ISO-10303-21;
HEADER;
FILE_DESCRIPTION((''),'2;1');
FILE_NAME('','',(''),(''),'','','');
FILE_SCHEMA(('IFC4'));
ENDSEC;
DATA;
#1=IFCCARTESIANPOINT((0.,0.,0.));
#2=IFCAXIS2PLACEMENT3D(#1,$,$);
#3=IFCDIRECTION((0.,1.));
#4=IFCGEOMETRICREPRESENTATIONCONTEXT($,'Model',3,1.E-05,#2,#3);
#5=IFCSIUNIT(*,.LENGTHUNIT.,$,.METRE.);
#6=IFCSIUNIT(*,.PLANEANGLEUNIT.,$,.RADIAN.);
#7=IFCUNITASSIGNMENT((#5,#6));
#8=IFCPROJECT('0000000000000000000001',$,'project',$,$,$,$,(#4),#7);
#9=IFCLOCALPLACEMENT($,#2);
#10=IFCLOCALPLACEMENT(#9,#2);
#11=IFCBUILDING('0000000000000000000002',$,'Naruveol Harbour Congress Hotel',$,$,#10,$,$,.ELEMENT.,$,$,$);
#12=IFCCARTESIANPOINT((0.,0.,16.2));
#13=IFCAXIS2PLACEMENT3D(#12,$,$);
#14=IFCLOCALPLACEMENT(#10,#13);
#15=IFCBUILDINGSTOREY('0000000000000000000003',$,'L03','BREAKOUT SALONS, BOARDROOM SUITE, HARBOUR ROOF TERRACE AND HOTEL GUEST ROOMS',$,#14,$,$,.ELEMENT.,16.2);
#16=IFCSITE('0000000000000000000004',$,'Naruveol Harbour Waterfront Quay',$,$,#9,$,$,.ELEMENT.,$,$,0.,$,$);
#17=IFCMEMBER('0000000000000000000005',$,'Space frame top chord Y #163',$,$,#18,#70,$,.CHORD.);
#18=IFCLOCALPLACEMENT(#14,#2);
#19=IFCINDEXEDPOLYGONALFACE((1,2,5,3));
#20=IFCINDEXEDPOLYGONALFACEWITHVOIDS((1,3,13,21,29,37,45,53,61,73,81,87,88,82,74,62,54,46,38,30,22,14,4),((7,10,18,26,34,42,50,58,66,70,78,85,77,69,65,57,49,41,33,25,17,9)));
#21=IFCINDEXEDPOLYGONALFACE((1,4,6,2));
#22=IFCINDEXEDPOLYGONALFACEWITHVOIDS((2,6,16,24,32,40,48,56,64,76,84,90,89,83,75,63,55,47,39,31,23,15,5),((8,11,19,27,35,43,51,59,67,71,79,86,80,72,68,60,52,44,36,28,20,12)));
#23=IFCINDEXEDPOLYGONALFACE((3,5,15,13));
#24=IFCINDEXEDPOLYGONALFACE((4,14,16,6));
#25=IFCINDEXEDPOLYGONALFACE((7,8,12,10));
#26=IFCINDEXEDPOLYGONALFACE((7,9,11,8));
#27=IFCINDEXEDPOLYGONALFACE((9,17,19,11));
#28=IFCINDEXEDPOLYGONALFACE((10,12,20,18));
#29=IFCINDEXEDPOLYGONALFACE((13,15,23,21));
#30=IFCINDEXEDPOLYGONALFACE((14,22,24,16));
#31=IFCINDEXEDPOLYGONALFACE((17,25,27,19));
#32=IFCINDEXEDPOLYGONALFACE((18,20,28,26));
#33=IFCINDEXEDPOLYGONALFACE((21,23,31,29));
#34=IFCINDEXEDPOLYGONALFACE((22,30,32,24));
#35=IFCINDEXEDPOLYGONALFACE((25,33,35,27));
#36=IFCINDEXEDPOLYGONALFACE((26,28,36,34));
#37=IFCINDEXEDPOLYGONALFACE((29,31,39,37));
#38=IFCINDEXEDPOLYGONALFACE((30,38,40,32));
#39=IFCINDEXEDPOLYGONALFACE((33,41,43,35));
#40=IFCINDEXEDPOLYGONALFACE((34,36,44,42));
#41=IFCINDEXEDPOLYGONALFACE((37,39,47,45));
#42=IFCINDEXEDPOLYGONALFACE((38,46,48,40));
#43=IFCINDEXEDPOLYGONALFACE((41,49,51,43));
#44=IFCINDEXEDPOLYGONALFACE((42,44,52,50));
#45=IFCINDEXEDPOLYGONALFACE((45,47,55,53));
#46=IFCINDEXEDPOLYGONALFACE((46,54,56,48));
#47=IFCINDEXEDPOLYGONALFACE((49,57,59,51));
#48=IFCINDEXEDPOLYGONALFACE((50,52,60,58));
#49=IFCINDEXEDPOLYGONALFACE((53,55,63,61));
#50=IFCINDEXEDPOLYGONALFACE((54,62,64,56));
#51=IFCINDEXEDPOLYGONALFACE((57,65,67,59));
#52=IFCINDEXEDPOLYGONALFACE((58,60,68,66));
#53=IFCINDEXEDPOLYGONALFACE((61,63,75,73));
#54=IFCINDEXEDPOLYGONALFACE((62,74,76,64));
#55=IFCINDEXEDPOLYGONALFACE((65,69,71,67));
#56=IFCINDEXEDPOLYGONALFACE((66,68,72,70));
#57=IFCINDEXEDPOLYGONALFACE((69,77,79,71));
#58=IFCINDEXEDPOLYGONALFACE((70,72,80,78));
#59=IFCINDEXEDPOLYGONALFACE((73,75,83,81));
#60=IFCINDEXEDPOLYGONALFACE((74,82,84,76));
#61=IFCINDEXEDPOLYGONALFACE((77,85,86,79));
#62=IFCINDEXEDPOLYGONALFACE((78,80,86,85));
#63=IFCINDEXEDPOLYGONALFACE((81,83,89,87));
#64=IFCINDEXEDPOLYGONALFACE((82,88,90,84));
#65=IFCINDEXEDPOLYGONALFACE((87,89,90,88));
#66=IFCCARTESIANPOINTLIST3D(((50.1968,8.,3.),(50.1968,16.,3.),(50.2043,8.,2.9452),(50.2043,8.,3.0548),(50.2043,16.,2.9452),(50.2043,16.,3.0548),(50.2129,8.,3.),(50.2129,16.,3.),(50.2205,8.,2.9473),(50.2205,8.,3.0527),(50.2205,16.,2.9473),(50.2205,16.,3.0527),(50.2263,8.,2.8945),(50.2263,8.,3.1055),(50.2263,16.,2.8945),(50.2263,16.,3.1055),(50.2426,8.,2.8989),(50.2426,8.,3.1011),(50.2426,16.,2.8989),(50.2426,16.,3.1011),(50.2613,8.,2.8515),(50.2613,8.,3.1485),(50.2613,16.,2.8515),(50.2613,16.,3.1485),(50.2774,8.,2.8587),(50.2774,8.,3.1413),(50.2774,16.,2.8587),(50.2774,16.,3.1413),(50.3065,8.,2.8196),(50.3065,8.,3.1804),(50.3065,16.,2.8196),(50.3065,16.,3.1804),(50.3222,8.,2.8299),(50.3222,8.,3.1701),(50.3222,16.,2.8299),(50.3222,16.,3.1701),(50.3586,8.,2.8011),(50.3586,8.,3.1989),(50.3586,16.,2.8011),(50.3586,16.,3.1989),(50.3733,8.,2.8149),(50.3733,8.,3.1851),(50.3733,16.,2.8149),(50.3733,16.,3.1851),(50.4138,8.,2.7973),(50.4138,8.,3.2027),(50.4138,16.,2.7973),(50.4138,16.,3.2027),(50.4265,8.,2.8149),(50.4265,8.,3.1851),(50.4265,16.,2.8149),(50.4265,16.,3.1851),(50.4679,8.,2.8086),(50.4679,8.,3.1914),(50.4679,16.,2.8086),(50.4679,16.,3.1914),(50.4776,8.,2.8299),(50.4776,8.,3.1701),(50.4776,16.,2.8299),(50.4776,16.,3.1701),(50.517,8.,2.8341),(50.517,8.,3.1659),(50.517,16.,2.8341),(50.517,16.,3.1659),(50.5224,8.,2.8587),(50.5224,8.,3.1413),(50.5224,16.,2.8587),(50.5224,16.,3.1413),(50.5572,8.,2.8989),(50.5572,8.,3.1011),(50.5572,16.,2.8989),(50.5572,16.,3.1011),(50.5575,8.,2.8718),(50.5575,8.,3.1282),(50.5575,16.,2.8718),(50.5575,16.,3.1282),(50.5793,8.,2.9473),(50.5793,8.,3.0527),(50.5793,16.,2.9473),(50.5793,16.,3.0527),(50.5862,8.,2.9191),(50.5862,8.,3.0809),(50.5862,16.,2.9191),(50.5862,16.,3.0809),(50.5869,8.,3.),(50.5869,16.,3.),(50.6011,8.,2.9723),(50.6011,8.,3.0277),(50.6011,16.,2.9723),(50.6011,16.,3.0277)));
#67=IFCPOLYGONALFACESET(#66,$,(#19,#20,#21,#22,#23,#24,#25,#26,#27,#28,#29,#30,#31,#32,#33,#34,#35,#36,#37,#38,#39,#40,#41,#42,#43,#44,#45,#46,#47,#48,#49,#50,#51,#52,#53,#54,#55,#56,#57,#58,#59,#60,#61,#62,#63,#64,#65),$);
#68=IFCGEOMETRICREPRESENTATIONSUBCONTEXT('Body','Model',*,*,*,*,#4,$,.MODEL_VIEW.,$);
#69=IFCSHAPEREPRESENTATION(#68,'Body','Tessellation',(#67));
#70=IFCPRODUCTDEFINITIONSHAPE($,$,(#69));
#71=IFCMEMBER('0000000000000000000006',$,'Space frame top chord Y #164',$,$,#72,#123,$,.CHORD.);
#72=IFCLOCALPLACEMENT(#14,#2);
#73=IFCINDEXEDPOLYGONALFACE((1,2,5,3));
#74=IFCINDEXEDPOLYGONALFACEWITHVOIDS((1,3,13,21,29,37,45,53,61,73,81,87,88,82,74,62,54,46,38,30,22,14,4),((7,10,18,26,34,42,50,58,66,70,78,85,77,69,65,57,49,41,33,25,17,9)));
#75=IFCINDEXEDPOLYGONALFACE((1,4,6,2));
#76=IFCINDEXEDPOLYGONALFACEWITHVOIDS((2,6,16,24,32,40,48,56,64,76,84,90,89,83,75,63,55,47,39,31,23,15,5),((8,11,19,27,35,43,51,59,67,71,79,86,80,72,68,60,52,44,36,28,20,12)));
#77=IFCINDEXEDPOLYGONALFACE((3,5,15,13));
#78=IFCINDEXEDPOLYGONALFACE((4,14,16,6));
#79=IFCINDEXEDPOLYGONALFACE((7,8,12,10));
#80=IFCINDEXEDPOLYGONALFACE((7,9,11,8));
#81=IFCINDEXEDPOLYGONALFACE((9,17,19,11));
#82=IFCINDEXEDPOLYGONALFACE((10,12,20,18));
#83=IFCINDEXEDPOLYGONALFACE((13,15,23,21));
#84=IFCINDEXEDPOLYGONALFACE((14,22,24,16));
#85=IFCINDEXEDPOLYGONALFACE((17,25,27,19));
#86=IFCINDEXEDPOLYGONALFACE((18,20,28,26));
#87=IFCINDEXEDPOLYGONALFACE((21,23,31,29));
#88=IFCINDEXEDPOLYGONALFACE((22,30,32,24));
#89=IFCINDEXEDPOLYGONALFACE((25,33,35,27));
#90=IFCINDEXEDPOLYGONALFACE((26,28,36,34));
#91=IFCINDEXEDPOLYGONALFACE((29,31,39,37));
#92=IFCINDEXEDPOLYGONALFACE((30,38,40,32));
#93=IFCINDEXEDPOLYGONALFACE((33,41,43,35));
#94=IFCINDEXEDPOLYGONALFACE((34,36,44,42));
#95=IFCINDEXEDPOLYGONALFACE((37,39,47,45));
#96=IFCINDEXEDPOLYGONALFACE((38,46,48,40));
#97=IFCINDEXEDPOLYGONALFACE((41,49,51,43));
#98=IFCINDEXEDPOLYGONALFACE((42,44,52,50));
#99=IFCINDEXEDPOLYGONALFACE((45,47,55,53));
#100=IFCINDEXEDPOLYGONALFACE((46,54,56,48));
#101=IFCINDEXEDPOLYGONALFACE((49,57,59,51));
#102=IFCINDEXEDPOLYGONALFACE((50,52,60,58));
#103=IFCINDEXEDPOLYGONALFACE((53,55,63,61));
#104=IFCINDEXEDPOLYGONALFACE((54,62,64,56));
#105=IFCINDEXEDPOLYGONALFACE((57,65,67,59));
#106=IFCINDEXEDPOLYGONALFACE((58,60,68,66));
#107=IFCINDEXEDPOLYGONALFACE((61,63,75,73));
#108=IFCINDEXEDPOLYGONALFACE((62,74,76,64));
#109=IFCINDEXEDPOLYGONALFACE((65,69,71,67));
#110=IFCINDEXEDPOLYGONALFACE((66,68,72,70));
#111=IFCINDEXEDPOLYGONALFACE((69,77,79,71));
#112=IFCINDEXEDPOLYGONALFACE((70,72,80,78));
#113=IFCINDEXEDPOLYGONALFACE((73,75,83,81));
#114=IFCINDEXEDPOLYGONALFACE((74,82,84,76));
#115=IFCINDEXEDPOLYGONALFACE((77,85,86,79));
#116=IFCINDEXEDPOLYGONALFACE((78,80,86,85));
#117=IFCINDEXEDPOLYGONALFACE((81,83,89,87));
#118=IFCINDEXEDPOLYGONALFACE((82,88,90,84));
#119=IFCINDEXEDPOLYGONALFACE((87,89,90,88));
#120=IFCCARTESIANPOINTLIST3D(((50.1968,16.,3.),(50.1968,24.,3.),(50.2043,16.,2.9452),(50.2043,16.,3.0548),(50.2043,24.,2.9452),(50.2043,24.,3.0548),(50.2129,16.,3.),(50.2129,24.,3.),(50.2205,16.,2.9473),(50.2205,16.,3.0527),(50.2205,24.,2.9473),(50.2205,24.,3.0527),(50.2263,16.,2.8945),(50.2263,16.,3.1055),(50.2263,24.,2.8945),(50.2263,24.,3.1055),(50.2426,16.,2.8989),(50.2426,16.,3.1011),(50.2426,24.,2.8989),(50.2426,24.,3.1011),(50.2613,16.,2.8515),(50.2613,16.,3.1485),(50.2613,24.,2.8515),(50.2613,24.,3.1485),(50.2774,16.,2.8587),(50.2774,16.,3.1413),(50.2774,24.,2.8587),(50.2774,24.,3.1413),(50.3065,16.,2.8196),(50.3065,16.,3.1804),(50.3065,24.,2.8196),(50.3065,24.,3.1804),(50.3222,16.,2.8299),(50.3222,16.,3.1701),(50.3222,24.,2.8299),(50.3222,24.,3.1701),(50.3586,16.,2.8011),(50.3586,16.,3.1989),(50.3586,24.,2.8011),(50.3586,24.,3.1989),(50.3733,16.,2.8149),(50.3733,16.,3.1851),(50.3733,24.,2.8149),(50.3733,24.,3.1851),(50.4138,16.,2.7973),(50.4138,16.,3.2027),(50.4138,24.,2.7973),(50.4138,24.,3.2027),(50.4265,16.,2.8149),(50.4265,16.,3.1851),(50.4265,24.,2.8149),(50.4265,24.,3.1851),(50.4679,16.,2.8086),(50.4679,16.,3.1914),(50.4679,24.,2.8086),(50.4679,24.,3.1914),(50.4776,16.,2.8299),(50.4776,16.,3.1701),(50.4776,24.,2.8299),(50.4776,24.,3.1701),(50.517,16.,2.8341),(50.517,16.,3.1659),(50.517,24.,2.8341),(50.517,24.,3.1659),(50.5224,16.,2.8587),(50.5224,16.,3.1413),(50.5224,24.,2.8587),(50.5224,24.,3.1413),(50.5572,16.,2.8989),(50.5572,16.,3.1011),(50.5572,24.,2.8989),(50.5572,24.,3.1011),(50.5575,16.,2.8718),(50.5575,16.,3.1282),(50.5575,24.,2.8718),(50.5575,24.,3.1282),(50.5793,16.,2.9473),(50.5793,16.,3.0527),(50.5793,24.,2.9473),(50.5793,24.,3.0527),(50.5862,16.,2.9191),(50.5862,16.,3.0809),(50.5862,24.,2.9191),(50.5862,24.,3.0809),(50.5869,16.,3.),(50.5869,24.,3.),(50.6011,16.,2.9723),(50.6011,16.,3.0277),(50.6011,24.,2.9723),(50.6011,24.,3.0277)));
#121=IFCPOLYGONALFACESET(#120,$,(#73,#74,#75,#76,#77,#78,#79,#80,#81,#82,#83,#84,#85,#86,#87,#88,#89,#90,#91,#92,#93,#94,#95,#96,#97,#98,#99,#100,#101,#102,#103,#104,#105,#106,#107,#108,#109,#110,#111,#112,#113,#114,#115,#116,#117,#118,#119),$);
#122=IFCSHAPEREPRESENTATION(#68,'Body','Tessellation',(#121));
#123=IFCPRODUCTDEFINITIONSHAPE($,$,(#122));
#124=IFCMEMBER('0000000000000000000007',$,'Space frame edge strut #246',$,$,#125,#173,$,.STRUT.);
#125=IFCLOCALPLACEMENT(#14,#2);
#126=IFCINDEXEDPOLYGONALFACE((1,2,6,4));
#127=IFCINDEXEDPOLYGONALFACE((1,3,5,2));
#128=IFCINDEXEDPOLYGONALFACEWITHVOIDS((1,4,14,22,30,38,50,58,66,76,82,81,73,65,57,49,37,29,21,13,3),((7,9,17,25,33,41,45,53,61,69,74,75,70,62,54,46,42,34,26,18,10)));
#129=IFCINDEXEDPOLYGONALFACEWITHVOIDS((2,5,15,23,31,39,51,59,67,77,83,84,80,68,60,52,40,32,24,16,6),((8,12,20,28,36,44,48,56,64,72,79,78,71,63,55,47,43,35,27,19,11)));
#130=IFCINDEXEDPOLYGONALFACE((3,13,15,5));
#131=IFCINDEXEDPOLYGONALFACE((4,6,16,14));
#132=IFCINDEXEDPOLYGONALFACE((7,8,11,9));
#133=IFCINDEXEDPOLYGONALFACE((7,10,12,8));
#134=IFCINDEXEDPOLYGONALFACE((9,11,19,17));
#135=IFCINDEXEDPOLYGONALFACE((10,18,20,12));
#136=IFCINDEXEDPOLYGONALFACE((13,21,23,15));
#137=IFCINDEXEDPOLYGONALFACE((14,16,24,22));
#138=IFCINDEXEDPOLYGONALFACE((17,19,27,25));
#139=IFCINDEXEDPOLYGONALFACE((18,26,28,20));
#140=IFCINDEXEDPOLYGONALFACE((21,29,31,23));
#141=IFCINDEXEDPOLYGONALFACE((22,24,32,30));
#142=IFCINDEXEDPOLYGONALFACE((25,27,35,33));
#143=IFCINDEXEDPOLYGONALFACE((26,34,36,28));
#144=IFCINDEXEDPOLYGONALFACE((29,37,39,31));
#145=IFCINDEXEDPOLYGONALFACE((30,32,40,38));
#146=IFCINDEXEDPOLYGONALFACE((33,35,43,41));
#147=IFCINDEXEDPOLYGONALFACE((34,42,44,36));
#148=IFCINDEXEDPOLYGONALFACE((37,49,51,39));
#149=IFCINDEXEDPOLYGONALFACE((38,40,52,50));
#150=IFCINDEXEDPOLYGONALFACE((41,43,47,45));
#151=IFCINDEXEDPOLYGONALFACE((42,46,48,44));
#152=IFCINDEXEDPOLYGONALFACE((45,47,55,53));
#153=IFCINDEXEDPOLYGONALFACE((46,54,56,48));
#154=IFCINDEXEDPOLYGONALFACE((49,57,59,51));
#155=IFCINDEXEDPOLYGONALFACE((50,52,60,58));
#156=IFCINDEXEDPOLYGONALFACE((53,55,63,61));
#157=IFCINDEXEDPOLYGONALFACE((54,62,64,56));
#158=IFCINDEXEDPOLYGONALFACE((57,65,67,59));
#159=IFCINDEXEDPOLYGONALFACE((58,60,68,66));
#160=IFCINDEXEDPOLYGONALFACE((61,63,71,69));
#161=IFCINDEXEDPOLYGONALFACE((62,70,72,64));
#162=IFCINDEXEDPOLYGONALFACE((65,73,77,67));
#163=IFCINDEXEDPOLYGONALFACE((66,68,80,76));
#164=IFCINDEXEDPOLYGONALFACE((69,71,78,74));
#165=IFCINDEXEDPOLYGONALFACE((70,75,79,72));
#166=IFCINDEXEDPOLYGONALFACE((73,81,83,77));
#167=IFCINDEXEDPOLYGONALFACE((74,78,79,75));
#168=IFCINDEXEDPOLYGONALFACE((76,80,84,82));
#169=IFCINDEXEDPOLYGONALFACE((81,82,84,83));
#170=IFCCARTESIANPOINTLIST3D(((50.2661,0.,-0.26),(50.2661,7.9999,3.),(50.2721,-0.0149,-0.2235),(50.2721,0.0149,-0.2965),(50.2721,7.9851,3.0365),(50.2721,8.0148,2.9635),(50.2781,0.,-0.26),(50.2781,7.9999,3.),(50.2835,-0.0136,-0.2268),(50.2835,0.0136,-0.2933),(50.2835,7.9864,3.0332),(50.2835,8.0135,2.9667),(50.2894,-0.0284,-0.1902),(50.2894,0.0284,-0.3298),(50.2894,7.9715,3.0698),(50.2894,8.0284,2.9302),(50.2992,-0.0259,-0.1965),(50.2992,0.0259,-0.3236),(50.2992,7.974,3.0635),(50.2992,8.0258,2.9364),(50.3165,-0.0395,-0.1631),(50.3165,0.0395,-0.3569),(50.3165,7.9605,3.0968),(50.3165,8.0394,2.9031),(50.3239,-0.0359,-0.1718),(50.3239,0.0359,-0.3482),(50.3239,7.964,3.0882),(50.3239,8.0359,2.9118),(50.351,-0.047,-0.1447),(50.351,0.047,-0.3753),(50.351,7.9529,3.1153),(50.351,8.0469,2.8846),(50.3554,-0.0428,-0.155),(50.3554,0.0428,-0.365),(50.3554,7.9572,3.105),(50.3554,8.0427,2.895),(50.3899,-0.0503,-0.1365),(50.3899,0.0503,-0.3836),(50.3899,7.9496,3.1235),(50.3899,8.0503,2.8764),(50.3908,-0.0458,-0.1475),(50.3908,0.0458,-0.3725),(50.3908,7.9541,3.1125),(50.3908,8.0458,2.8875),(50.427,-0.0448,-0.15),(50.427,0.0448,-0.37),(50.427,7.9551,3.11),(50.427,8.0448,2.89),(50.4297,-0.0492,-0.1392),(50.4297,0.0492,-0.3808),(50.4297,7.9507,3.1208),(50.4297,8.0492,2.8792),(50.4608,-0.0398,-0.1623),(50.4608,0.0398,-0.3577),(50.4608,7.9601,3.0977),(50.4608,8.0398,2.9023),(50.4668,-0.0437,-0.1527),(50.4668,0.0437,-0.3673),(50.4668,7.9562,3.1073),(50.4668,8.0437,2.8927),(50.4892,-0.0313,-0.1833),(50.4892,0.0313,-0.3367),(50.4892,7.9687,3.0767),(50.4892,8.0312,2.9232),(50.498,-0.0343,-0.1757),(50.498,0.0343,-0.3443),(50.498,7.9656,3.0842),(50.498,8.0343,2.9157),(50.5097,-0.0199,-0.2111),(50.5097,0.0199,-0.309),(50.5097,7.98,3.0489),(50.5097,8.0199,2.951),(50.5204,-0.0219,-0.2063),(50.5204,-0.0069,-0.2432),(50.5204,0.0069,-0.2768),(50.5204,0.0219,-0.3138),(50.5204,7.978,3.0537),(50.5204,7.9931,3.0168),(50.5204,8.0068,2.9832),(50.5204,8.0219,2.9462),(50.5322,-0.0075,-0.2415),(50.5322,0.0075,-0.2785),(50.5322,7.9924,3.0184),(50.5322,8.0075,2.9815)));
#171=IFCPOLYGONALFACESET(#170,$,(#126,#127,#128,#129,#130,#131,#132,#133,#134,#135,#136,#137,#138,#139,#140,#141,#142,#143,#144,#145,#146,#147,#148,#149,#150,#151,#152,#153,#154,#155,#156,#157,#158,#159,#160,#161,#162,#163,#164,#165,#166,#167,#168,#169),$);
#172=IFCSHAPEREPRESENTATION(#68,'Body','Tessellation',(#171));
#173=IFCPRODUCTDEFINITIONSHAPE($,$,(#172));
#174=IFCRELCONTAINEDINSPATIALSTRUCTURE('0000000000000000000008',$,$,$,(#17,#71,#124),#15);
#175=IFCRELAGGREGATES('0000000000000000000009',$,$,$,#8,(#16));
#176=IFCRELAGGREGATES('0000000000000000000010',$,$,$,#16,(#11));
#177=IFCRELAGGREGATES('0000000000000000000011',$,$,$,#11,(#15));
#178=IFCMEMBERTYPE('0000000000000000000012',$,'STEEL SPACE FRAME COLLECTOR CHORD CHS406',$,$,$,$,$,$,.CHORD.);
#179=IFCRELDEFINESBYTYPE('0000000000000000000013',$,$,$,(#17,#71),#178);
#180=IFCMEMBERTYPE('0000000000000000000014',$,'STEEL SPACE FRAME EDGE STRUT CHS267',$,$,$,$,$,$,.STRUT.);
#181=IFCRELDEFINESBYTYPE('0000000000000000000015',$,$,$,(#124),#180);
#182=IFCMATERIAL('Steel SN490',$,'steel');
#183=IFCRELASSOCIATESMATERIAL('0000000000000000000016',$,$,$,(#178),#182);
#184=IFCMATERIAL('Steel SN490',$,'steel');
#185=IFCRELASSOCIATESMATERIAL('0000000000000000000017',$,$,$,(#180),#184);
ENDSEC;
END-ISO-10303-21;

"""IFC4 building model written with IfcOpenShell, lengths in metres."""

from ifc_helpers import new_model, si_unit, direction, frame, origin, origin_2d, place, context, subcontext, project, spatial, hollow_circle, extrude, material, material_profile, profile_set, type_object, element, save


model = new_model("IFC4")

# Units and contexts
model_context = context("Model", 3, precision=1e-05, world=origin(), true_north=direction((0.0, 1.0)))
body_context = subcontext(model_context, "Body", "Model", "MODEL_VIEW")
ifc_project = project(units=[si_unit("LENGTHUNIT", "METRE"), si_unit("PLANEANGLEUNIT", "RADIAN")], contexts=[model_context])

# Site, building, storey
site_placement = place(None, origin())
site = spatial("IfcSite", under=ifc_project, at=site_placement, Name="Naruveol Harbour Waterfront Quay", CompositionType="ELEMENT", RefElevation=0.0)
building_placement = place(site_placement, origin())
building = spatial("IfcBuilding", under=site, at=building_placement, Name="Naruveol Harbour Congress Hotel", CompositionType="ELEMENT")
storey_placement = place(building_placement, frame((0.0, 0.0, 16.2)))
storey = spatial("IfcBuildingStorey", under=building, at=storey_placement, Name="L03", Description="BREAKOUT SALONS, BOARDROOM SUITE, HARBOUR ROOF TERRACE AND HOTEL GUEST ROOMS", CompositionType="ELEMENT", Elevation=16.2)

# Members
ifc_material_1 = material(Name="Steel SN490", Category="steel")
ifc_material_profile_1 = material_profile(ifc_material_1, hollow_circle(Radius=0.2031, WallThickness=0.0161, at=origin_2d()), Name="CHS-406.4x16")
ifc_profile_set_1 = profile_set([ifc_material_profile_1], Name="Steel SN490")
member_type_1 = type_object("IfcMemberType", Name="STEEL SPACE FRAME COLLECTOR CHORD CHS406", PredefinedType="CHORD", material=ifc_profile_set_1)
for number, where, z_axis, x_axis, name in (
    (1, (50.3999, 8.0, 3.0), (0.0, 1.0, 0.0), (-1.0, 0.0, 0.0), "Space frame top chord Y #163"),
    (2, (50.3999, 16.0, 3.0), (0.0, 1.0, 0.0), (-1.0, 0.0, 0.0), "Space frame top chord Y #164"),
):
    element("IfcMember", number, at=place(storey_placement, frame(where, z_axis=z_axis, x_axis=x_axis)), inside=storey, type_object=member_type_1, Name=name, PredefinedType="CHORD", context=body_context, shape_type="SweptSolid", body=[
        extrude(hollow_circle(Radius=0.2031, WallThickness=0.0161, at=origin_2d()), origin(), (0.0, 0.0, 1.0), 8.0),
    ])
ifc_material_2 = material(Name="Steel SN490", Category="steel")
ifc_material_profile_2 = material_profile(ifc_material_2, hollow_circle(Radius=0.1338, WallThickness=0.012, at=origin_2d()), Name="CHS-267.4x12")
ifc_profile_set_2 = profile_set([ifc_material_profile_2], Name="Steel SN490")
member_type_2 = type_object("IfcMemberType", Name="STEEL SPACE FRAME EDGE STRUT CHS267", PredefinedType="STRUT", material=ifc_profile_set_2)
for number, where, z_axis, x_axis, name in (
    (3, (50.3999, 0.0, -0.26), (0.0, 0.926062, 0.377371), (-1.0, 0.0, 0.0), "Space frame edge strut #246"),
):
    element("IfcMember", number, at=place(storey_placement, frame(where, z_axis=z_axis, x_axis=x_axis)), inside=storey, type_object=member_type_2, Name=name, PredefinedType="STRUT", context=body_context, shape_type="SweptSolid", body=[
        extrude(hollow_circle(Radius=0.1338, WallThickness=0.012, at=origin_2d()), origin(), (0.0, 0.0, 1.0), 8.6387),
    ])

save(model, "model.ifc")
